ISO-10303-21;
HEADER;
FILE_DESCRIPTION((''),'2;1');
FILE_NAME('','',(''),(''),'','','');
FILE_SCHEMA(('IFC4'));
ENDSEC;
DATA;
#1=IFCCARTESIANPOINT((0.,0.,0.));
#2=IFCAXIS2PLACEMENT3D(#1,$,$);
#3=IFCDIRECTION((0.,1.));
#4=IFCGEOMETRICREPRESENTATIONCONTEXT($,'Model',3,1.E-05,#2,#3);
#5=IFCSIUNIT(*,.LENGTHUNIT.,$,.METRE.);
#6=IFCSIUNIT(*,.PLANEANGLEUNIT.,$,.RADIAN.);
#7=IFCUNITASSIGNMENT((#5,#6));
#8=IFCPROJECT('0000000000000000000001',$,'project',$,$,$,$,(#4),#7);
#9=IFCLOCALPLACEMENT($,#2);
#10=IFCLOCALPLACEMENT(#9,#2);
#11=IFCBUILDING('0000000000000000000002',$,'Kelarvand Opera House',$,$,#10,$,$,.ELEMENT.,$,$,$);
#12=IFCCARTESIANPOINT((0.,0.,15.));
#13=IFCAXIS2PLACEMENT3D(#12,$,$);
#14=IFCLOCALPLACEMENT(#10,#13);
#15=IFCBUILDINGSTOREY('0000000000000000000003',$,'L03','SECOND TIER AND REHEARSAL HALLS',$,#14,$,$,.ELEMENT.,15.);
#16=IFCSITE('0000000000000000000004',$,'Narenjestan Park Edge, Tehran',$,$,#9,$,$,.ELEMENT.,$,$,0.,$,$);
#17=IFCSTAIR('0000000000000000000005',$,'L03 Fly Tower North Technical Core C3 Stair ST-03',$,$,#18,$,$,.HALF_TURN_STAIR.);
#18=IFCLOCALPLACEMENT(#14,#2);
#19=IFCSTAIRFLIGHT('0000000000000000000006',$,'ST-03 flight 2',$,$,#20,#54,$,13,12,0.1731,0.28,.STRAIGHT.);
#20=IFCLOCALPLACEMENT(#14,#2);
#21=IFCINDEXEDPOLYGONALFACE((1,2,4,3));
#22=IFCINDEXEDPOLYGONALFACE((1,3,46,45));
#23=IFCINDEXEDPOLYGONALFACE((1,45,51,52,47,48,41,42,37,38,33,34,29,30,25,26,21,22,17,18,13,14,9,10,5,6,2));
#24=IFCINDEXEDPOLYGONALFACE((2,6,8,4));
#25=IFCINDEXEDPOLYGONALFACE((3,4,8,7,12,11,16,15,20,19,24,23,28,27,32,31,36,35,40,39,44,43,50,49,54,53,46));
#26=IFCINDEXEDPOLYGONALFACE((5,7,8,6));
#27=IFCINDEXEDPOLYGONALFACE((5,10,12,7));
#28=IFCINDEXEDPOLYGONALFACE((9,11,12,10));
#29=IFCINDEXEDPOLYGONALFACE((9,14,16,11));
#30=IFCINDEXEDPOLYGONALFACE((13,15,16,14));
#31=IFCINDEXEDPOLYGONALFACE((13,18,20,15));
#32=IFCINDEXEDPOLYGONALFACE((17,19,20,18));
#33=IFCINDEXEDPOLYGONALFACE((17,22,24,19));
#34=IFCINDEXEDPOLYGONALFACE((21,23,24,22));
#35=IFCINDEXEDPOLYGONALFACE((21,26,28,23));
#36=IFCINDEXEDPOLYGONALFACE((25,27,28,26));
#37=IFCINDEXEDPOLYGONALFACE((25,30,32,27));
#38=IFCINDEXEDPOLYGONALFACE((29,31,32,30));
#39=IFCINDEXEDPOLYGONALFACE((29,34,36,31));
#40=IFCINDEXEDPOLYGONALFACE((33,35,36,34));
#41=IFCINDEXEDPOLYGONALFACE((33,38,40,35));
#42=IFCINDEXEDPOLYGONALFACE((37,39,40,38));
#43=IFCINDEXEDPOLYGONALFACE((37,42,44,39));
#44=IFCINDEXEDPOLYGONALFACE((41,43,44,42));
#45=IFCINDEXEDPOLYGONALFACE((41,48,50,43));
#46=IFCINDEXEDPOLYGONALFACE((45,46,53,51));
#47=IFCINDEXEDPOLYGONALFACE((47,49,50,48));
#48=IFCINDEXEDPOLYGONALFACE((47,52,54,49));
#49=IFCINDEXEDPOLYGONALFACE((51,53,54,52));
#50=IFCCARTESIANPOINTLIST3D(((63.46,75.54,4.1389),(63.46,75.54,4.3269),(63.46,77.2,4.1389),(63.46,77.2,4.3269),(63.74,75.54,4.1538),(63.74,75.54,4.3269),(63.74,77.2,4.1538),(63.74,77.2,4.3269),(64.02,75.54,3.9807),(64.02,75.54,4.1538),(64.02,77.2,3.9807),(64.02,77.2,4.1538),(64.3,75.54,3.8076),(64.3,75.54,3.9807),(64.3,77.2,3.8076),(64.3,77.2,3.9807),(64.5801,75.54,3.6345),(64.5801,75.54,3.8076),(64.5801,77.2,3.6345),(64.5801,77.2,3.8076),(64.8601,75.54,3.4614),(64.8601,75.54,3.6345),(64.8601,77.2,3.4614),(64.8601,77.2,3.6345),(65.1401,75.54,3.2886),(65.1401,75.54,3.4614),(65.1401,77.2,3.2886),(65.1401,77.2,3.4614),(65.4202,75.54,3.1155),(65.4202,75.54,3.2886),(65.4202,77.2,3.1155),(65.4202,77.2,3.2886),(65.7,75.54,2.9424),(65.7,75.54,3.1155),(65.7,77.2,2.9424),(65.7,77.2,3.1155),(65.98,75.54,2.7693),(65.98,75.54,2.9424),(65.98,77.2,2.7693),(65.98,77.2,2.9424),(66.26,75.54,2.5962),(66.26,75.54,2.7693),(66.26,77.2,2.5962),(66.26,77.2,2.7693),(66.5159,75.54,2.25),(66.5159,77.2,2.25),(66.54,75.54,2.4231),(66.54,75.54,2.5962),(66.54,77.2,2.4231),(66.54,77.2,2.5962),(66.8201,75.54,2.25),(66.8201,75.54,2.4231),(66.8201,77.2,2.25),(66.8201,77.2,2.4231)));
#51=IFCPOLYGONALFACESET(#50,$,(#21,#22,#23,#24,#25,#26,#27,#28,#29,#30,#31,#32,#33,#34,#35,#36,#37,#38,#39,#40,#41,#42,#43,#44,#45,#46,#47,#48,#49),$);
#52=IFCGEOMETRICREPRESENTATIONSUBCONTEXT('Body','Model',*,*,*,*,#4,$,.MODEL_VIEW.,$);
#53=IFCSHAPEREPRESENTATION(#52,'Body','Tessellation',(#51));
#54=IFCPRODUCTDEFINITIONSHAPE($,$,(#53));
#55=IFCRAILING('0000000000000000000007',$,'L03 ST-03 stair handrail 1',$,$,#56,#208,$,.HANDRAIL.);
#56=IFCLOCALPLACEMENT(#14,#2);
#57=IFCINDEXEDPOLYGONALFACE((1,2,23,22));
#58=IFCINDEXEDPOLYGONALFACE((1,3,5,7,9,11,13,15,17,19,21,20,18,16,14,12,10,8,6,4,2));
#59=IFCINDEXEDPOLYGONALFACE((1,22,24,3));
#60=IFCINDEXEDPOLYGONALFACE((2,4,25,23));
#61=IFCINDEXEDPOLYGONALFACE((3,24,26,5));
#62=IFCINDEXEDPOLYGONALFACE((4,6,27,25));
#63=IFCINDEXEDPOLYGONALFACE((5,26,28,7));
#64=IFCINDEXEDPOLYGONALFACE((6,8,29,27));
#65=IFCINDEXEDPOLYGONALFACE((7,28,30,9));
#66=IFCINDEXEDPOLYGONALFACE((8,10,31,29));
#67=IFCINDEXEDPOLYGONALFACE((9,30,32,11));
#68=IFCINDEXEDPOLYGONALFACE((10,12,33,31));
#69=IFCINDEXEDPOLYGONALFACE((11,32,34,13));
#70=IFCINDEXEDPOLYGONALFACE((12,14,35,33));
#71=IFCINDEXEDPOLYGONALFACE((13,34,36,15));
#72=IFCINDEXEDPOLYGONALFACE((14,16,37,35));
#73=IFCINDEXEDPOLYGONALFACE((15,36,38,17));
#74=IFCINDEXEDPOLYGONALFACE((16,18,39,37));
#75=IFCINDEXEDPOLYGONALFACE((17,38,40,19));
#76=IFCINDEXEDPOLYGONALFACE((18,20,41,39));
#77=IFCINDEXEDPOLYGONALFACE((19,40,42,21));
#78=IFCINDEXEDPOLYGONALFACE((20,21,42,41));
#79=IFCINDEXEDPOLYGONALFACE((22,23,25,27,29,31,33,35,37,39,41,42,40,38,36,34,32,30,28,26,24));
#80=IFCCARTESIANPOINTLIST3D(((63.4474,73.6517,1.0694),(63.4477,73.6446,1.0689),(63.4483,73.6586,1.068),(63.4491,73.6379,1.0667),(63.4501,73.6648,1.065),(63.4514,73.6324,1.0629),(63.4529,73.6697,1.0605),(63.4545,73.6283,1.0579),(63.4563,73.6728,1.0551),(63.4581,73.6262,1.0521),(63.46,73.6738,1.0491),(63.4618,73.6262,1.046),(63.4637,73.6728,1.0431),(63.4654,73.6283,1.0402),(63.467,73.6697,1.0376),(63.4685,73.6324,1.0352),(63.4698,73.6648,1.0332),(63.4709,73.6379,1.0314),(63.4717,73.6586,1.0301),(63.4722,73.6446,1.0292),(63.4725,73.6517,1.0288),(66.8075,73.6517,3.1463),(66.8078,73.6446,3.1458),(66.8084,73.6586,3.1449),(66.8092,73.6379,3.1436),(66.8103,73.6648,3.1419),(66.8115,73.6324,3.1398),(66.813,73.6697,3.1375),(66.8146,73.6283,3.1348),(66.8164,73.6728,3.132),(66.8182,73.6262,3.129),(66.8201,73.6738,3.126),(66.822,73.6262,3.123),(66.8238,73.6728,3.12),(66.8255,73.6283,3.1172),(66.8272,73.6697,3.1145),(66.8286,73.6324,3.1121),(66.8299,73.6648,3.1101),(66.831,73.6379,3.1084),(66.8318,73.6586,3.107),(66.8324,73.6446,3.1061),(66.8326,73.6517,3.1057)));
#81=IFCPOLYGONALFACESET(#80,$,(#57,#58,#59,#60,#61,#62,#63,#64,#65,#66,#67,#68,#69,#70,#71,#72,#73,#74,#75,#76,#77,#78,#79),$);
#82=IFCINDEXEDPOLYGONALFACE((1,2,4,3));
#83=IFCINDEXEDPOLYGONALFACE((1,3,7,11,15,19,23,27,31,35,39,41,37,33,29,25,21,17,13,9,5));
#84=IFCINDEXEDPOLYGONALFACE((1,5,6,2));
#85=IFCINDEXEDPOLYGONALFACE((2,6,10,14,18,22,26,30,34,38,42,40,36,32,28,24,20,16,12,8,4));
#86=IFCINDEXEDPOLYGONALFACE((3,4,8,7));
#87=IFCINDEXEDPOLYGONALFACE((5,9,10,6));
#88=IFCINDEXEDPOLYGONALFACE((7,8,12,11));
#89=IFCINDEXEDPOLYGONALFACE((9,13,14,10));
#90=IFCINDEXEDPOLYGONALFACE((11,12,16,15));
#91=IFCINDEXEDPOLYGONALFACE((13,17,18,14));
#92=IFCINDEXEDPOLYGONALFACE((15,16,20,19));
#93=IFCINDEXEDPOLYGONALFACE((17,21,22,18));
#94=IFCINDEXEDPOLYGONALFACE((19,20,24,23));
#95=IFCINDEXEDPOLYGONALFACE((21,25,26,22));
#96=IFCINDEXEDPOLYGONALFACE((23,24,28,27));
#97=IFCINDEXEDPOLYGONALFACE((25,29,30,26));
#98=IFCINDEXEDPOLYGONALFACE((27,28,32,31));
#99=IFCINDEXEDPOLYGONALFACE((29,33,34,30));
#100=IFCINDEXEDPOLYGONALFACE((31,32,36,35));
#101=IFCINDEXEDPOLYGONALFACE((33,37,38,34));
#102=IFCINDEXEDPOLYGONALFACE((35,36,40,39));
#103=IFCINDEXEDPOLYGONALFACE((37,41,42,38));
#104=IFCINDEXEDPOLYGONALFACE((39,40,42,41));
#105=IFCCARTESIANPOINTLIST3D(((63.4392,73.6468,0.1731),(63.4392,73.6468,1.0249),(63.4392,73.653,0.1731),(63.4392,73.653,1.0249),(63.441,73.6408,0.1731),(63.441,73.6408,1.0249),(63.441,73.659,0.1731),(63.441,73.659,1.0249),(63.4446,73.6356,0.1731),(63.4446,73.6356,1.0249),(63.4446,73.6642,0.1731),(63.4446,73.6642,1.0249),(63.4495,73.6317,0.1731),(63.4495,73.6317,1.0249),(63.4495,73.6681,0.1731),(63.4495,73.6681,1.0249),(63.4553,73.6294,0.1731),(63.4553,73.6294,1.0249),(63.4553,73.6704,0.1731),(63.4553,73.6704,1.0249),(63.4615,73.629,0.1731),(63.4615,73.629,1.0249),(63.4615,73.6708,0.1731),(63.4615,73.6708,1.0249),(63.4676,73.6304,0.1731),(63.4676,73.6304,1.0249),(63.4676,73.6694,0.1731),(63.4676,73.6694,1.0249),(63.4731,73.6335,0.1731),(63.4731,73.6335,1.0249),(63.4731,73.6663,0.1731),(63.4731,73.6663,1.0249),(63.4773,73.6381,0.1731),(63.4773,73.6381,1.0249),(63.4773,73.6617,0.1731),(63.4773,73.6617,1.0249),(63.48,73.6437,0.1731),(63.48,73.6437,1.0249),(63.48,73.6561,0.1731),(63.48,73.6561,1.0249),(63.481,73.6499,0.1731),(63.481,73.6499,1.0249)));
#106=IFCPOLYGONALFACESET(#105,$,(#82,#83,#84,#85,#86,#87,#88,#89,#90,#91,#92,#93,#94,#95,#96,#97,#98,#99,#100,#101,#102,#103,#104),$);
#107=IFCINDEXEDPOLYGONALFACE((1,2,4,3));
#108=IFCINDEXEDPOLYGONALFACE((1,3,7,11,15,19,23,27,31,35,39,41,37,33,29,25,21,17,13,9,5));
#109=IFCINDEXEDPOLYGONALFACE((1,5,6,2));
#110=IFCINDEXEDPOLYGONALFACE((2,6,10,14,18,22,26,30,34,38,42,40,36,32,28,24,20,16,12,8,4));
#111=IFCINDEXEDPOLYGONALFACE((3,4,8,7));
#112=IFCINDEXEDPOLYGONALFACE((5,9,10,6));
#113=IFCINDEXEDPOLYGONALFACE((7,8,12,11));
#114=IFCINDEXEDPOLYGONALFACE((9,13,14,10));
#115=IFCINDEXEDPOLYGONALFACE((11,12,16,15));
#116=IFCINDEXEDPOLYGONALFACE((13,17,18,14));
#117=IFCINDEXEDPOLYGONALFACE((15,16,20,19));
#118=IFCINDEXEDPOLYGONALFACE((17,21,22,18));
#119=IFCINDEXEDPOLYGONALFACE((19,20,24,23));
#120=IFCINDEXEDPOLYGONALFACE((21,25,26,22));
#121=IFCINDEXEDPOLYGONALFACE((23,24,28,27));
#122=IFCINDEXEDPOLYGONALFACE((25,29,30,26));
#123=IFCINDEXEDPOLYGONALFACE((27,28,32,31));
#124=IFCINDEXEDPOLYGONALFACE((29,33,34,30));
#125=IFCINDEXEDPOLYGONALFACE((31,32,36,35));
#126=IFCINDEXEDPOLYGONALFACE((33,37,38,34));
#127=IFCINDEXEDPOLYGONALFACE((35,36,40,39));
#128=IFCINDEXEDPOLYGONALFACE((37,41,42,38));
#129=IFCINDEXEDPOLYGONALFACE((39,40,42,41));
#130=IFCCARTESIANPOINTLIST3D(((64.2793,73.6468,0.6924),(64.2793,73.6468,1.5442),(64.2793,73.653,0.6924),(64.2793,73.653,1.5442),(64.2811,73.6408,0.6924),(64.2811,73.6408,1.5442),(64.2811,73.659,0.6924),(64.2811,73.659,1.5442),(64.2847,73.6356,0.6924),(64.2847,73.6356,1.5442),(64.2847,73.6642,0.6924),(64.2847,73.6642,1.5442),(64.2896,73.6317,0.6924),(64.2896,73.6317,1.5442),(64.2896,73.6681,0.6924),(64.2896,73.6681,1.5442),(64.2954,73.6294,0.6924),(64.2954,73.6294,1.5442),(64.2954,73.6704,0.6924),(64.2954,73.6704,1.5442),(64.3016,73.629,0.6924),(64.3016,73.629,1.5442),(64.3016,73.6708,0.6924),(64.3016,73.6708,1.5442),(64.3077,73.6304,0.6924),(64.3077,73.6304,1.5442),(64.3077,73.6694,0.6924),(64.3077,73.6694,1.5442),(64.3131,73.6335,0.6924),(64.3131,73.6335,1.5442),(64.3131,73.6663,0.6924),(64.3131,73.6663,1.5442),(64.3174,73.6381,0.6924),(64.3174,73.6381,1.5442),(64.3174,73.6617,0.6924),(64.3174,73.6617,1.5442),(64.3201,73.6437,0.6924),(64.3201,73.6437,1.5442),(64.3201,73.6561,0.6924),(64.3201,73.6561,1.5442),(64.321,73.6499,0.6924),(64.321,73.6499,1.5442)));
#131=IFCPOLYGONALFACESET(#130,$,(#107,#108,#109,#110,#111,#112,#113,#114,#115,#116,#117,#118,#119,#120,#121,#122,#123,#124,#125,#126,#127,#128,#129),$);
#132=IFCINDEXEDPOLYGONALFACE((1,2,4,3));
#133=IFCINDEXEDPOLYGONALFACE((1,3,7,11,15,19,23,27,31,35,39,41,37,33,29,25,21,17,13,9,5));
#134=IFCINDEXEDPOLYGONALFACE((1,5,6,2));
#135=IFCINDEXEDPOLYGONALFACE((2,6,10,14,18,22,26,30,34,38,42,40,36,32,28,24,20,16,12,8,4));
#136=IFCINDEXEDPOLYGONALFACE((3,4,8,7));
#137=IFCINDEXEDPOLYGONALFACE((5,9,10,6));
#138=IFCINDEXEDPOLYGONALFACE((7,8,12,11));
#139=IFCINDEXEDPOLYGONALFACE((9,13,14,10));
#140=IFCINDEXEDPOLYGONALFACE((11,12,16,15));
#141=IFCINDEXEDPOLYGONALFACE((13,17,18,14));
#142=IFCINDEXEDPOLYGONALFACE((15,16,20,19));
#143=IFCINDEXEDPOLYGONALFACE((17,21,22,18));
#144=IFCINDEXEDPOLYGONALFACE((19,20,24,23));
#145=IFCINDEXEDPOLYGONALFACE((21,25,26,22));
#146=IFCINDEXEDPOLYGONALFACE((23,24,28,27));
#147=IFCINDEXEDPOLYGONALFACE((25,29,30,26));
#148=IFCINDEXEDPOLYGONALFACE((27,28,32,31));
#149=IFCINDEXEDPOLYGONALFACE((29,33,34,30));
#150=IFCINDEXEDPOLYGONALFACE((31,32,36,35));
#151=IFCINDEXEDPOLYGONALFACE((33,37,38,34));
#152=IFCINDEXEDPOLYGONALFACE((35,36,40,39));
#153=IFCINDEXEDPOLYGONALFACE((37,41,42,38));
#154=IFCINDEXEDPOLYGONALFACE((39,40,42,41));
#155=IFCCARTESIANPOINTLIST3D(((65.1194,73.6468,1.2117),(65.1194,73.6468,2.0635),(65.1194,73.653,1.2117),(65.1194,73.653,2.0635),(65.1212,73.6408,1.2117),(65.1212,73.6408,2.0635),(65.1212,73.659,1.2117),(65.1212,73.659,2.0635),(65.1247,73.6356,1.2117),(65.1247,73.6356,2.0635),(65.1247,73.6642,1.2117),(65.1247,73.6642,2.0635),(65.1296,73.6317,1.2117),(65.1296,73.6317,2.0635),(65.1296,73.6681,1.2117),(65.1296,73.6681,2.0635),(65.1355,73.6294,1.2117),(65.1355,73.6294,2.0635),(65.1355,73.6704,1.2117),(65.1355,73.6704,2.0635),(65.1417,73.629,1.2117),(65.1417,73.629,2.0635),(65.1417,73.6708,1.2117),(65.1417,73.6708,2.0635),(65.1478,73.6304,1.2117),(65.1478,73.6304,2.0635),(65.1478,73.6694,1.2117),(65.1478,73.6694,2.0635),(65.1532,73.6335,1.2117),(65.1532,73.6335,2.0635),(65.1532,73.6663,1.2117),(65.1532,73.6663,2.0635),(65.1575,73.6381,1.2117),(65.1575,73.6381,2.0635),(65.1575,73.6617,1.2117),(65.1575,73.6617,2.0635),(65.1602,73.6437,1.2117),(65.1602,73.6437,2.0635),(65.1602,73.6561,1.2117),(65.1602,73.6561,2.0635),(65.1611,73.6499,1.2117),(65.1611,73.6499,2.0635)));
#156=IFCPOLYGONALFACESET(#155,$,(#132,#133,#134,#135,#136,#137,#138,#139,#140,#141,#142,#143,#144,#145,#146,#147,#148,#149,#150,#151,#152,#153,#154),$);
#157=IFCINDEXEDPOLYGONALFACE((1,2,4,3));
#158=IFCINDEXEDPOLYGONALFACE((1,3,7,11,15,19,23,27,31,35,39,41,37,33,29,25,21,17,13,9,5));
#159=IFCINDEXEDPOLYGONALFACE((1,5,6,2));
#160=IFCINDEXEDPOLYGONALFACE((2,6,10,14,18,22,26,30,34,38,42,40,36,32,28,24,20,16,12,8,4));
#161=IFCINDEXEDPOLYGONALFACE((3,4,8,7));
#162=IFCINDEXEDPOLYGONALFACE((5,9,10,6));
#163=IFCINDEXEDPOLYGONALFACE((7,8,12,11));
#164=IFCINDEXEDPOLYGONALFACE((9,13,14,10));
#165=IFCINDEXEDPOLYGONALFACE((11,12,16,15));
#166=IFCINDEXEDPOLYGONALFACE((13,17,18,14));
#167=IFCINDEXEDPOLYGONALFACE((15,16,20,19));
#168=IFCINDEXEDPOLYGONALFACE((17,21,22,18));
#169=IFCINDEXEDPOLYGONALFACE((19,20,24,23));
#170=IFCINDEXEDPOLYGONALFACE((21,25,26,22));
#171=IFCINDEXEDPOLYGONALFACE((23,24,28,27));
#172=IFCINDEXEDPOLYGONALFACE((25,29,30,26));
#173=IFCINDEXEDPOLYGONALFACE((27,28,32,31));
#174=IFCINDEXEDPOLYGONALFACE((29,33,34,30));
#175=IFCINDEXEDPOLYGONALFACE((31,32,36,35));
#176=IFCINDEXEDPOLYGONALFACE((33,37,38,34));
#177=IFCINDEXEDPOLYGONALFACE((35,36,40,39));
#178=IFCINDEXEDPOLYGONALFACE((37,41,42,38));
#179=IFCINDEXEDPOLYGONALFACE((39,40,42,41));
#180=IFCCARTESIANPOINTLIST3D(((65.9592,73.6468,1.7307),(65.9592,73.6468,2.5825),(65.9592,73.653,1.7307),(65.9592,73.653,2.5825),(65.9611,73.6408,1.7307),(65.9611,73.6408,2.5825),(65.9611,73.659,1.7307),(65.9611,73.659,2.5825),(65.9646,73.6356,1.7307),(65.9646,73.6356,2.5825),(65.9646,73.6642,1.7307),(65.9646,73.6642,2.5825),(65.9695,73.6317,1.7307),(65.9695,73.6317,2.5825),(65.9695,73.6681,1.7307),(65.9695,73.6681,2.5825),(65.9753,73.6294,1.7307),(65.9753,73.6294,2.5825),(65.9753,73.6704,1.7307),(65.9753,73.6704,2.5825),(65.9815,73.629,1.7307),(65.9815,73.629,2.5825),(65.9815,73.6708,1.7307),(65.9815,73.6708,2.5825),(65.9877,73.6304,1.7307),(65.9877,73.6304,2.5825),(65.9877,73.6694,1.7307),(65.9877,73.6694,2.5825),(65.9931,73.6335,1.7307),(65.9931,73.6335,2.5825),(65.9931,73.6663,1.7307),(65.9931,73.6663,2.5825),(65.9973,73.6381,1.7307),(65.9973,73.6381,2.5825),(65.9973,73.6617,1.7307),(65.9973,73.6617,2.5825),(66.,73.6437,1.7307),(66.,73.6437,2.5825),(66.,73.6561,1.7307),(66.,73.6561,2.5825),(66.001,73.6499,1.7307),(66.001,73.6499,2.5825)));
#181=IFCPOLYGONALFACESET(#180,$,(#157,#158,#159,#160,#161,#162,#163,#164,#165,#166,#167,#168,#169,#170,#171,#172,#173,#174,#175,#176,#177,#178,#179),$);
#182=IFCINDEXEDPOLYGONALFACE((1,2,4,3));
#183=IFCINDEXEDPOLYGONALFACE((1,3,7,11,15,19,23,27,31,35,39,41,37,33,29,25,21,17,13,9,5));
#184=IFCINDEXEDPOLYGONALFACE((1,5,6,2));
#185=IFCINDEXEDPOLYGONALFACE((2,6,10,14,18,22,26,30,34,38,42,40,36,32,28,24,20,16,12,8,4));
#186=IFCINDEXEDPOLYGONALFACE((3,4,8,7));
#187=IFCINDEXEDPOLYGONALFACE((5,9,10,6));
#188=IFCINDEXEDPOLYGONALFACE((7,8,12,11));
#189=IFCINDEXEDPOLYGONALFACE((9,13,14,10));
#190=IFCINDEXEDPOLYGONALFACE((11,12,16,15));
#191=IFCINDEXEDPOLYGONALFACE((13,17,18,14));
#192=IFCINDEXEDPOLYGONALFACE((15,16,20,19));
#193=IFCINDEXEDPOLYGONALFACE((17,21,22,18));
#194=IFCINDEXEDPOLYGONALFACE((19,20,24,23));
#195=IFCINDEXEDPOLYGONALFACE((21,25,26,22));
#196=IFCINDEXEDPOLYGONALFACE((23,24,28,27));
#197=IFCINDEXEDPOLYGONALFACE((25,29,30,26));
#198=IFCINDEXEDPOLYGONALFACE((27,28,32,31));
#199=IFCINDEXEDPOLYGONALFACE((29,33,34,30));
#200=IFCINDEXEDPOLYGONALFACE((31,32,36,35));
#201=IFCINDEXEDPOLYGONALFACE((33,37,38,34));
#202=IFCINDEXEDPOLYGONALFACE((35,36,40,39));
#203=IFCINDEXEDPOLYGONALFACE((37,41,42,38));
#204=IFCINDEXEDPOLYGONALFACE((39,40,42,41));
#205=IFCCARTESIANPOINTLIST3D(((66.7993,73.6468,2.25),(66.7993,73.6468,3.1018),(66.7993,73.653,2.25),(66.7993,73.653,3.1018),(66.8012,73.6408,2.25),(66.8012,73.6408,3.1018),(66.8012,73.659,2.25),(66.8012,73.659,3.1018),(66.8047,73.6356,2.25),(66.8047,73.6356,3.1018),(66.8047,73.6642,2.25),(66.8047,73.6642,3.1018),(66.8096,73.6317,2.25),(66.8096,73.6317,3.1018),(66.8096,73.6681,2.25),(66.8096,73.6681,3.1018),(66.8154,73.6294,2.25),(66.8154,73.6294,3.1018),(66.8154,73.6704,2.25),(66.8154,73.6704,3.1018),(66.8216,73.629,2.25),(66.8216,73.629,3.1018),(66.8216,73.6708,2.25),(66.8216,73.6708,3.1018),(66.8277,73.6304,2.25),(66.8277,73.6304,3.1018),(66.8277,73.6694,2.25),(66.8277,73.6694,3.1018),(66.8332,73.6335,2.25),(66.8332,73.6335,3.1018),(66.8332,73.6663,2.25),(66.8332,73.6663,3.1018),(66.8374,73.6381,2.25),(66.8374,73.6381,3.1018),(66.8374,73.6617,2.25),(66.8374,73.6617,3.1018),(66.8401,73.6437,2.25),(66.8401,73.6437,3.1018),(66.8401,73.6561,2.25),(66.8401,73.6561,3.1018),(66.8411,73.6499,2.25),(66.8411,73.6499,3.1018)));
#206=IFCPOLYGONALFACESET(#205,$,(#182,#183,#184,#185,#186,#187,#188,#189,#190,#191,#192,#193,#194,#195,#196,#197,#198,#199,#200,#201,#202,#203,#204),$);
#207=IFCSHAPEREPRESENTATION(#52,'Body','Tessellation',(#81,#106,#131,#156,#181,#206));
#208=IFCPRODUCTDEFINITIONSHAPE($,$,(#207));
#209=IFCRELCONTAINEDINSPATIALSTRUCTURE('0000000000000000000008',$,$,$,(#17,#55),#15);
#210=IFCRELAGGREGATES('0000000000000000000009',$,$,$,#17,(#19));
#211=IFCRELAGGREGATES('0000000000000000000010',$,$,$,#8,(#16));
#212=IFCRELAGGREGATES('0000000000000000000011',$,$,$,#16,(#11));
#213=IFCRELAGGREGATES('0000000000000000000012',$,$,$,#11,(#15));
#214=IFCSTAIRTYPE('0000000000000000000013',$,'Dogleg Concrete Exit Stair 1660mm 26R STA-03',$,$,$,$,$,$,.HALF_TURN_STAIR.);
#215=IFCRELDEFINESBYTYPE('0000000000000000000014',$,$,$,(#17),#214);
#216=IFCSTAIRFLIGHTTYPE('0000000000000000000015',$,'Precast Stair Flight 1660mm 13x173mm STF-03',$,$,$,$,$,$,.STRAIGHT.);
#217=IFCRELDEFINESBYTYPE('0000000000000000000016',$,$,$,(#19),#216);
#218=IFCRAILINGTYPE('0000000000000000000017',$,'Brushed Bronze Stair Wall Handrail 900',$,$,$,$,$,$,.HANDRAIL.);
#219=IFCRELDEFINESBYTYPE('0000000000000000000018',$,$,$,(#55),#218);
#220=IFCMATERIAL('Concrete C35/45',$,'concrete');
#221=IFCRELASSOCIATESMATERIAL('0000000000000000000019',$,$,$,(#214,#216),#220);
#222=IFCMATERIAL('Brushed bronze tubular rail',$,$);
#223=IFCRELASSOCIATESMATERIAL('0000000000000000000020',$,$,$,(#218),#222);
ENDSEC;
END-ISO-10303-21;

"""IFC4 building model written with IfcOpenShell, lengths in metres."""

from ifc_helpers import new_model, si_unit, direction, frame, origin, origin_2d, place, context, subcontext, project, spatial, polyline, circle, outline, extrude, material, type_object, element, aggregate, save


model = new_model("IFC4")

# Units and contexts
model_context = context("Model", 3, precision=1e-05, world=origin(), true_north=direction((0.0, 1.0)))
body_context = subcontext(model_context, "Body", "Model", "MODEL_VIEW")
ifc_project = project(units=[si_unit("LENGTHUNIT", "METRE"), si_unit("PLANEANGLEUNIT", "RADIAN")], contexts=[model_context])

# Site, building, storey
site_placement = place(None, origin())
site = spatial("IfcSite", under=ifc_project, at=site_placement, Name="Narenjestan Park Edge, Tehran", CompositionType="ELEMENT", RefElevation=0.0)
building_placement = place(site_placement, origin())
building = spatial("IfcBuilding", under=site, at=building_placement, Name="Kelarvand Opera House", CompositionType="ELEMENT")
storey_placement = place(building_placement, frame((0.0, 0.0, 15.0)))
storey = spatial("IfcBuildingStorey", under=building, at=storey_placement, Name="L03", Description="SECOND TIER AND REHEARSAL HALLS", CompositionType="ELEMENT", Elevation=15.0)

# Shared definitions
ifc_material_1 = material(Name="Concrete C35/45", Category="concrete")

# Stair, stair flight
stair_type = type_object("IfcStairType", Name="Dogleg Concrete Exit Stair 1660mm 26R STA-03", PredefinedType="HALF_TURN_STAIR", material=ifc_material_1)
stair_placement = place(storey_placement, origin())
stair = element("IfcStair", 1, at=stair_placement, inside=storey, type_object=stair_type, Name="L03 Fly Tower North Technical Core C3 Stair ST-03", PredefinedType="HALF_TURN_STAIR")
stair_flight_type = type_object("IfcStairFlightType", Name="Precast Stair Flight 1660mm 13x173mm STF-03", PredefinedType="STRAIGHT", material=ifc_material_1)
stair_flight_1_placement = place(storey_placement, frame((66.8201, 76.3701, 2.25), z_axis=(0.0, 0.0, 1.0), x_axis=(-1.0, 0.0, 0.0)))
stair_flight_1 = element("IfcStairFlight", 2, at=stair_flight_1_placement, type_object=stair_flight_type, Name="ST-03 flight 2", NumberOfRisers=13, NumberOfTreads=12, PredefinedType="STRAIGHT", RiserHeight=0.1731, TreadLength=0.28, context=body_context, shape_type="SweptSolid", body=[
    extrude(outline(polyline([(0.0, 0.0), (0.0, 0.1731), (0.28, 0.1731), (0.28, 0.3462), (0.5601, 0.3462), (0.5601, 0.5193), (0.8401, 0.5193), (0.8401, 0.6924), (1.1201, 0.6924), (1.1201, 0.8655), (1.3999, 0.8655), (1.3999, 1.0386), (1.6799, 1.0386), (1.6799, 1.2114), (1.96, 1.2114), (1.96, 1.3845), (2.24, 1.3845), (2.24, 1.5576), (2.52, 1.5576), (2.52, 1.7307), (2.8, 1.7307), (2.8, 1.9038), (3.0801, 1.9038), (3.0801, 2.0769), (3.3601, 2.0769), (3.3601, 2.25), (3.3601, 1.8889), (0.3042, 0.0), (0.0, 0.0)])), frame((0.0, 0.8301, 0.0), z_axis=(0.0, -1.0, 0.0), x_axis=(1.0, 0.0, 0.0)), (0.0, 0.0, 1.0), 1.6599),
])
aggregate(stair, [stair_flight_1])

# Railing
ifc_material_2 = material(Name="Brushed bronze tubular rail")
railing_type_1 = type_object("IfcRailingType", Name="Brushed Bronze Stair Wall Handrail 900", PredefinedType="HANDRAIL", material=ifc_material_2)
railing_1_placement = place(storey_placement, frame((63.46, 73.6499, 0.1731)))
element("IfcRailing", 3, at=railing_1_placement, inside=storey, type_object=railing_type_1, Name="L03 ST-03 stair handrail 1", PredefinedType="HANDRAIL", context=body_context, shape_type="SweptSolid", body=[
    extrude(circle(Radius=0.0239, at=origin_2d()), frame((0.0, 0.0, 0.876), z_axis=(0.850623, 0.0, 0.525776), x_axis=(0.0, 1.0, 0.0)), (0.0, 0.0, 1.0), 3.9502),
    extrude(circle(Radius=0.021, at=origin_2d()), origin(), (0.0, 0.0, 1.0), 0.8518),
    extrude(circle(Radius=0.021, at=origin_2d()), frame((0.8401, 0.0, 0.5193)), (0.0, 0.0, 1.0), 0.8518),
    extrude(circle(Radius=0.021, at=origin_2d()), frame((1.6802, 0.0, 1.0386)), (0.0, 0.0, 1.0), 0.8518),
    extrude(circle(Radius=0.021, at=origin_2d()), frame((2.52, 0.0, 1.5576)), (0.0, 0.0, 1.0), 0.8518),
    extrude(circle(Radius=0.021, at=origin_2d()), frame((3.3601, 0.0, 2.0769)), (0.0, 0.0, 1.0), 0.8518),
])

save(model, "model.ifc")
